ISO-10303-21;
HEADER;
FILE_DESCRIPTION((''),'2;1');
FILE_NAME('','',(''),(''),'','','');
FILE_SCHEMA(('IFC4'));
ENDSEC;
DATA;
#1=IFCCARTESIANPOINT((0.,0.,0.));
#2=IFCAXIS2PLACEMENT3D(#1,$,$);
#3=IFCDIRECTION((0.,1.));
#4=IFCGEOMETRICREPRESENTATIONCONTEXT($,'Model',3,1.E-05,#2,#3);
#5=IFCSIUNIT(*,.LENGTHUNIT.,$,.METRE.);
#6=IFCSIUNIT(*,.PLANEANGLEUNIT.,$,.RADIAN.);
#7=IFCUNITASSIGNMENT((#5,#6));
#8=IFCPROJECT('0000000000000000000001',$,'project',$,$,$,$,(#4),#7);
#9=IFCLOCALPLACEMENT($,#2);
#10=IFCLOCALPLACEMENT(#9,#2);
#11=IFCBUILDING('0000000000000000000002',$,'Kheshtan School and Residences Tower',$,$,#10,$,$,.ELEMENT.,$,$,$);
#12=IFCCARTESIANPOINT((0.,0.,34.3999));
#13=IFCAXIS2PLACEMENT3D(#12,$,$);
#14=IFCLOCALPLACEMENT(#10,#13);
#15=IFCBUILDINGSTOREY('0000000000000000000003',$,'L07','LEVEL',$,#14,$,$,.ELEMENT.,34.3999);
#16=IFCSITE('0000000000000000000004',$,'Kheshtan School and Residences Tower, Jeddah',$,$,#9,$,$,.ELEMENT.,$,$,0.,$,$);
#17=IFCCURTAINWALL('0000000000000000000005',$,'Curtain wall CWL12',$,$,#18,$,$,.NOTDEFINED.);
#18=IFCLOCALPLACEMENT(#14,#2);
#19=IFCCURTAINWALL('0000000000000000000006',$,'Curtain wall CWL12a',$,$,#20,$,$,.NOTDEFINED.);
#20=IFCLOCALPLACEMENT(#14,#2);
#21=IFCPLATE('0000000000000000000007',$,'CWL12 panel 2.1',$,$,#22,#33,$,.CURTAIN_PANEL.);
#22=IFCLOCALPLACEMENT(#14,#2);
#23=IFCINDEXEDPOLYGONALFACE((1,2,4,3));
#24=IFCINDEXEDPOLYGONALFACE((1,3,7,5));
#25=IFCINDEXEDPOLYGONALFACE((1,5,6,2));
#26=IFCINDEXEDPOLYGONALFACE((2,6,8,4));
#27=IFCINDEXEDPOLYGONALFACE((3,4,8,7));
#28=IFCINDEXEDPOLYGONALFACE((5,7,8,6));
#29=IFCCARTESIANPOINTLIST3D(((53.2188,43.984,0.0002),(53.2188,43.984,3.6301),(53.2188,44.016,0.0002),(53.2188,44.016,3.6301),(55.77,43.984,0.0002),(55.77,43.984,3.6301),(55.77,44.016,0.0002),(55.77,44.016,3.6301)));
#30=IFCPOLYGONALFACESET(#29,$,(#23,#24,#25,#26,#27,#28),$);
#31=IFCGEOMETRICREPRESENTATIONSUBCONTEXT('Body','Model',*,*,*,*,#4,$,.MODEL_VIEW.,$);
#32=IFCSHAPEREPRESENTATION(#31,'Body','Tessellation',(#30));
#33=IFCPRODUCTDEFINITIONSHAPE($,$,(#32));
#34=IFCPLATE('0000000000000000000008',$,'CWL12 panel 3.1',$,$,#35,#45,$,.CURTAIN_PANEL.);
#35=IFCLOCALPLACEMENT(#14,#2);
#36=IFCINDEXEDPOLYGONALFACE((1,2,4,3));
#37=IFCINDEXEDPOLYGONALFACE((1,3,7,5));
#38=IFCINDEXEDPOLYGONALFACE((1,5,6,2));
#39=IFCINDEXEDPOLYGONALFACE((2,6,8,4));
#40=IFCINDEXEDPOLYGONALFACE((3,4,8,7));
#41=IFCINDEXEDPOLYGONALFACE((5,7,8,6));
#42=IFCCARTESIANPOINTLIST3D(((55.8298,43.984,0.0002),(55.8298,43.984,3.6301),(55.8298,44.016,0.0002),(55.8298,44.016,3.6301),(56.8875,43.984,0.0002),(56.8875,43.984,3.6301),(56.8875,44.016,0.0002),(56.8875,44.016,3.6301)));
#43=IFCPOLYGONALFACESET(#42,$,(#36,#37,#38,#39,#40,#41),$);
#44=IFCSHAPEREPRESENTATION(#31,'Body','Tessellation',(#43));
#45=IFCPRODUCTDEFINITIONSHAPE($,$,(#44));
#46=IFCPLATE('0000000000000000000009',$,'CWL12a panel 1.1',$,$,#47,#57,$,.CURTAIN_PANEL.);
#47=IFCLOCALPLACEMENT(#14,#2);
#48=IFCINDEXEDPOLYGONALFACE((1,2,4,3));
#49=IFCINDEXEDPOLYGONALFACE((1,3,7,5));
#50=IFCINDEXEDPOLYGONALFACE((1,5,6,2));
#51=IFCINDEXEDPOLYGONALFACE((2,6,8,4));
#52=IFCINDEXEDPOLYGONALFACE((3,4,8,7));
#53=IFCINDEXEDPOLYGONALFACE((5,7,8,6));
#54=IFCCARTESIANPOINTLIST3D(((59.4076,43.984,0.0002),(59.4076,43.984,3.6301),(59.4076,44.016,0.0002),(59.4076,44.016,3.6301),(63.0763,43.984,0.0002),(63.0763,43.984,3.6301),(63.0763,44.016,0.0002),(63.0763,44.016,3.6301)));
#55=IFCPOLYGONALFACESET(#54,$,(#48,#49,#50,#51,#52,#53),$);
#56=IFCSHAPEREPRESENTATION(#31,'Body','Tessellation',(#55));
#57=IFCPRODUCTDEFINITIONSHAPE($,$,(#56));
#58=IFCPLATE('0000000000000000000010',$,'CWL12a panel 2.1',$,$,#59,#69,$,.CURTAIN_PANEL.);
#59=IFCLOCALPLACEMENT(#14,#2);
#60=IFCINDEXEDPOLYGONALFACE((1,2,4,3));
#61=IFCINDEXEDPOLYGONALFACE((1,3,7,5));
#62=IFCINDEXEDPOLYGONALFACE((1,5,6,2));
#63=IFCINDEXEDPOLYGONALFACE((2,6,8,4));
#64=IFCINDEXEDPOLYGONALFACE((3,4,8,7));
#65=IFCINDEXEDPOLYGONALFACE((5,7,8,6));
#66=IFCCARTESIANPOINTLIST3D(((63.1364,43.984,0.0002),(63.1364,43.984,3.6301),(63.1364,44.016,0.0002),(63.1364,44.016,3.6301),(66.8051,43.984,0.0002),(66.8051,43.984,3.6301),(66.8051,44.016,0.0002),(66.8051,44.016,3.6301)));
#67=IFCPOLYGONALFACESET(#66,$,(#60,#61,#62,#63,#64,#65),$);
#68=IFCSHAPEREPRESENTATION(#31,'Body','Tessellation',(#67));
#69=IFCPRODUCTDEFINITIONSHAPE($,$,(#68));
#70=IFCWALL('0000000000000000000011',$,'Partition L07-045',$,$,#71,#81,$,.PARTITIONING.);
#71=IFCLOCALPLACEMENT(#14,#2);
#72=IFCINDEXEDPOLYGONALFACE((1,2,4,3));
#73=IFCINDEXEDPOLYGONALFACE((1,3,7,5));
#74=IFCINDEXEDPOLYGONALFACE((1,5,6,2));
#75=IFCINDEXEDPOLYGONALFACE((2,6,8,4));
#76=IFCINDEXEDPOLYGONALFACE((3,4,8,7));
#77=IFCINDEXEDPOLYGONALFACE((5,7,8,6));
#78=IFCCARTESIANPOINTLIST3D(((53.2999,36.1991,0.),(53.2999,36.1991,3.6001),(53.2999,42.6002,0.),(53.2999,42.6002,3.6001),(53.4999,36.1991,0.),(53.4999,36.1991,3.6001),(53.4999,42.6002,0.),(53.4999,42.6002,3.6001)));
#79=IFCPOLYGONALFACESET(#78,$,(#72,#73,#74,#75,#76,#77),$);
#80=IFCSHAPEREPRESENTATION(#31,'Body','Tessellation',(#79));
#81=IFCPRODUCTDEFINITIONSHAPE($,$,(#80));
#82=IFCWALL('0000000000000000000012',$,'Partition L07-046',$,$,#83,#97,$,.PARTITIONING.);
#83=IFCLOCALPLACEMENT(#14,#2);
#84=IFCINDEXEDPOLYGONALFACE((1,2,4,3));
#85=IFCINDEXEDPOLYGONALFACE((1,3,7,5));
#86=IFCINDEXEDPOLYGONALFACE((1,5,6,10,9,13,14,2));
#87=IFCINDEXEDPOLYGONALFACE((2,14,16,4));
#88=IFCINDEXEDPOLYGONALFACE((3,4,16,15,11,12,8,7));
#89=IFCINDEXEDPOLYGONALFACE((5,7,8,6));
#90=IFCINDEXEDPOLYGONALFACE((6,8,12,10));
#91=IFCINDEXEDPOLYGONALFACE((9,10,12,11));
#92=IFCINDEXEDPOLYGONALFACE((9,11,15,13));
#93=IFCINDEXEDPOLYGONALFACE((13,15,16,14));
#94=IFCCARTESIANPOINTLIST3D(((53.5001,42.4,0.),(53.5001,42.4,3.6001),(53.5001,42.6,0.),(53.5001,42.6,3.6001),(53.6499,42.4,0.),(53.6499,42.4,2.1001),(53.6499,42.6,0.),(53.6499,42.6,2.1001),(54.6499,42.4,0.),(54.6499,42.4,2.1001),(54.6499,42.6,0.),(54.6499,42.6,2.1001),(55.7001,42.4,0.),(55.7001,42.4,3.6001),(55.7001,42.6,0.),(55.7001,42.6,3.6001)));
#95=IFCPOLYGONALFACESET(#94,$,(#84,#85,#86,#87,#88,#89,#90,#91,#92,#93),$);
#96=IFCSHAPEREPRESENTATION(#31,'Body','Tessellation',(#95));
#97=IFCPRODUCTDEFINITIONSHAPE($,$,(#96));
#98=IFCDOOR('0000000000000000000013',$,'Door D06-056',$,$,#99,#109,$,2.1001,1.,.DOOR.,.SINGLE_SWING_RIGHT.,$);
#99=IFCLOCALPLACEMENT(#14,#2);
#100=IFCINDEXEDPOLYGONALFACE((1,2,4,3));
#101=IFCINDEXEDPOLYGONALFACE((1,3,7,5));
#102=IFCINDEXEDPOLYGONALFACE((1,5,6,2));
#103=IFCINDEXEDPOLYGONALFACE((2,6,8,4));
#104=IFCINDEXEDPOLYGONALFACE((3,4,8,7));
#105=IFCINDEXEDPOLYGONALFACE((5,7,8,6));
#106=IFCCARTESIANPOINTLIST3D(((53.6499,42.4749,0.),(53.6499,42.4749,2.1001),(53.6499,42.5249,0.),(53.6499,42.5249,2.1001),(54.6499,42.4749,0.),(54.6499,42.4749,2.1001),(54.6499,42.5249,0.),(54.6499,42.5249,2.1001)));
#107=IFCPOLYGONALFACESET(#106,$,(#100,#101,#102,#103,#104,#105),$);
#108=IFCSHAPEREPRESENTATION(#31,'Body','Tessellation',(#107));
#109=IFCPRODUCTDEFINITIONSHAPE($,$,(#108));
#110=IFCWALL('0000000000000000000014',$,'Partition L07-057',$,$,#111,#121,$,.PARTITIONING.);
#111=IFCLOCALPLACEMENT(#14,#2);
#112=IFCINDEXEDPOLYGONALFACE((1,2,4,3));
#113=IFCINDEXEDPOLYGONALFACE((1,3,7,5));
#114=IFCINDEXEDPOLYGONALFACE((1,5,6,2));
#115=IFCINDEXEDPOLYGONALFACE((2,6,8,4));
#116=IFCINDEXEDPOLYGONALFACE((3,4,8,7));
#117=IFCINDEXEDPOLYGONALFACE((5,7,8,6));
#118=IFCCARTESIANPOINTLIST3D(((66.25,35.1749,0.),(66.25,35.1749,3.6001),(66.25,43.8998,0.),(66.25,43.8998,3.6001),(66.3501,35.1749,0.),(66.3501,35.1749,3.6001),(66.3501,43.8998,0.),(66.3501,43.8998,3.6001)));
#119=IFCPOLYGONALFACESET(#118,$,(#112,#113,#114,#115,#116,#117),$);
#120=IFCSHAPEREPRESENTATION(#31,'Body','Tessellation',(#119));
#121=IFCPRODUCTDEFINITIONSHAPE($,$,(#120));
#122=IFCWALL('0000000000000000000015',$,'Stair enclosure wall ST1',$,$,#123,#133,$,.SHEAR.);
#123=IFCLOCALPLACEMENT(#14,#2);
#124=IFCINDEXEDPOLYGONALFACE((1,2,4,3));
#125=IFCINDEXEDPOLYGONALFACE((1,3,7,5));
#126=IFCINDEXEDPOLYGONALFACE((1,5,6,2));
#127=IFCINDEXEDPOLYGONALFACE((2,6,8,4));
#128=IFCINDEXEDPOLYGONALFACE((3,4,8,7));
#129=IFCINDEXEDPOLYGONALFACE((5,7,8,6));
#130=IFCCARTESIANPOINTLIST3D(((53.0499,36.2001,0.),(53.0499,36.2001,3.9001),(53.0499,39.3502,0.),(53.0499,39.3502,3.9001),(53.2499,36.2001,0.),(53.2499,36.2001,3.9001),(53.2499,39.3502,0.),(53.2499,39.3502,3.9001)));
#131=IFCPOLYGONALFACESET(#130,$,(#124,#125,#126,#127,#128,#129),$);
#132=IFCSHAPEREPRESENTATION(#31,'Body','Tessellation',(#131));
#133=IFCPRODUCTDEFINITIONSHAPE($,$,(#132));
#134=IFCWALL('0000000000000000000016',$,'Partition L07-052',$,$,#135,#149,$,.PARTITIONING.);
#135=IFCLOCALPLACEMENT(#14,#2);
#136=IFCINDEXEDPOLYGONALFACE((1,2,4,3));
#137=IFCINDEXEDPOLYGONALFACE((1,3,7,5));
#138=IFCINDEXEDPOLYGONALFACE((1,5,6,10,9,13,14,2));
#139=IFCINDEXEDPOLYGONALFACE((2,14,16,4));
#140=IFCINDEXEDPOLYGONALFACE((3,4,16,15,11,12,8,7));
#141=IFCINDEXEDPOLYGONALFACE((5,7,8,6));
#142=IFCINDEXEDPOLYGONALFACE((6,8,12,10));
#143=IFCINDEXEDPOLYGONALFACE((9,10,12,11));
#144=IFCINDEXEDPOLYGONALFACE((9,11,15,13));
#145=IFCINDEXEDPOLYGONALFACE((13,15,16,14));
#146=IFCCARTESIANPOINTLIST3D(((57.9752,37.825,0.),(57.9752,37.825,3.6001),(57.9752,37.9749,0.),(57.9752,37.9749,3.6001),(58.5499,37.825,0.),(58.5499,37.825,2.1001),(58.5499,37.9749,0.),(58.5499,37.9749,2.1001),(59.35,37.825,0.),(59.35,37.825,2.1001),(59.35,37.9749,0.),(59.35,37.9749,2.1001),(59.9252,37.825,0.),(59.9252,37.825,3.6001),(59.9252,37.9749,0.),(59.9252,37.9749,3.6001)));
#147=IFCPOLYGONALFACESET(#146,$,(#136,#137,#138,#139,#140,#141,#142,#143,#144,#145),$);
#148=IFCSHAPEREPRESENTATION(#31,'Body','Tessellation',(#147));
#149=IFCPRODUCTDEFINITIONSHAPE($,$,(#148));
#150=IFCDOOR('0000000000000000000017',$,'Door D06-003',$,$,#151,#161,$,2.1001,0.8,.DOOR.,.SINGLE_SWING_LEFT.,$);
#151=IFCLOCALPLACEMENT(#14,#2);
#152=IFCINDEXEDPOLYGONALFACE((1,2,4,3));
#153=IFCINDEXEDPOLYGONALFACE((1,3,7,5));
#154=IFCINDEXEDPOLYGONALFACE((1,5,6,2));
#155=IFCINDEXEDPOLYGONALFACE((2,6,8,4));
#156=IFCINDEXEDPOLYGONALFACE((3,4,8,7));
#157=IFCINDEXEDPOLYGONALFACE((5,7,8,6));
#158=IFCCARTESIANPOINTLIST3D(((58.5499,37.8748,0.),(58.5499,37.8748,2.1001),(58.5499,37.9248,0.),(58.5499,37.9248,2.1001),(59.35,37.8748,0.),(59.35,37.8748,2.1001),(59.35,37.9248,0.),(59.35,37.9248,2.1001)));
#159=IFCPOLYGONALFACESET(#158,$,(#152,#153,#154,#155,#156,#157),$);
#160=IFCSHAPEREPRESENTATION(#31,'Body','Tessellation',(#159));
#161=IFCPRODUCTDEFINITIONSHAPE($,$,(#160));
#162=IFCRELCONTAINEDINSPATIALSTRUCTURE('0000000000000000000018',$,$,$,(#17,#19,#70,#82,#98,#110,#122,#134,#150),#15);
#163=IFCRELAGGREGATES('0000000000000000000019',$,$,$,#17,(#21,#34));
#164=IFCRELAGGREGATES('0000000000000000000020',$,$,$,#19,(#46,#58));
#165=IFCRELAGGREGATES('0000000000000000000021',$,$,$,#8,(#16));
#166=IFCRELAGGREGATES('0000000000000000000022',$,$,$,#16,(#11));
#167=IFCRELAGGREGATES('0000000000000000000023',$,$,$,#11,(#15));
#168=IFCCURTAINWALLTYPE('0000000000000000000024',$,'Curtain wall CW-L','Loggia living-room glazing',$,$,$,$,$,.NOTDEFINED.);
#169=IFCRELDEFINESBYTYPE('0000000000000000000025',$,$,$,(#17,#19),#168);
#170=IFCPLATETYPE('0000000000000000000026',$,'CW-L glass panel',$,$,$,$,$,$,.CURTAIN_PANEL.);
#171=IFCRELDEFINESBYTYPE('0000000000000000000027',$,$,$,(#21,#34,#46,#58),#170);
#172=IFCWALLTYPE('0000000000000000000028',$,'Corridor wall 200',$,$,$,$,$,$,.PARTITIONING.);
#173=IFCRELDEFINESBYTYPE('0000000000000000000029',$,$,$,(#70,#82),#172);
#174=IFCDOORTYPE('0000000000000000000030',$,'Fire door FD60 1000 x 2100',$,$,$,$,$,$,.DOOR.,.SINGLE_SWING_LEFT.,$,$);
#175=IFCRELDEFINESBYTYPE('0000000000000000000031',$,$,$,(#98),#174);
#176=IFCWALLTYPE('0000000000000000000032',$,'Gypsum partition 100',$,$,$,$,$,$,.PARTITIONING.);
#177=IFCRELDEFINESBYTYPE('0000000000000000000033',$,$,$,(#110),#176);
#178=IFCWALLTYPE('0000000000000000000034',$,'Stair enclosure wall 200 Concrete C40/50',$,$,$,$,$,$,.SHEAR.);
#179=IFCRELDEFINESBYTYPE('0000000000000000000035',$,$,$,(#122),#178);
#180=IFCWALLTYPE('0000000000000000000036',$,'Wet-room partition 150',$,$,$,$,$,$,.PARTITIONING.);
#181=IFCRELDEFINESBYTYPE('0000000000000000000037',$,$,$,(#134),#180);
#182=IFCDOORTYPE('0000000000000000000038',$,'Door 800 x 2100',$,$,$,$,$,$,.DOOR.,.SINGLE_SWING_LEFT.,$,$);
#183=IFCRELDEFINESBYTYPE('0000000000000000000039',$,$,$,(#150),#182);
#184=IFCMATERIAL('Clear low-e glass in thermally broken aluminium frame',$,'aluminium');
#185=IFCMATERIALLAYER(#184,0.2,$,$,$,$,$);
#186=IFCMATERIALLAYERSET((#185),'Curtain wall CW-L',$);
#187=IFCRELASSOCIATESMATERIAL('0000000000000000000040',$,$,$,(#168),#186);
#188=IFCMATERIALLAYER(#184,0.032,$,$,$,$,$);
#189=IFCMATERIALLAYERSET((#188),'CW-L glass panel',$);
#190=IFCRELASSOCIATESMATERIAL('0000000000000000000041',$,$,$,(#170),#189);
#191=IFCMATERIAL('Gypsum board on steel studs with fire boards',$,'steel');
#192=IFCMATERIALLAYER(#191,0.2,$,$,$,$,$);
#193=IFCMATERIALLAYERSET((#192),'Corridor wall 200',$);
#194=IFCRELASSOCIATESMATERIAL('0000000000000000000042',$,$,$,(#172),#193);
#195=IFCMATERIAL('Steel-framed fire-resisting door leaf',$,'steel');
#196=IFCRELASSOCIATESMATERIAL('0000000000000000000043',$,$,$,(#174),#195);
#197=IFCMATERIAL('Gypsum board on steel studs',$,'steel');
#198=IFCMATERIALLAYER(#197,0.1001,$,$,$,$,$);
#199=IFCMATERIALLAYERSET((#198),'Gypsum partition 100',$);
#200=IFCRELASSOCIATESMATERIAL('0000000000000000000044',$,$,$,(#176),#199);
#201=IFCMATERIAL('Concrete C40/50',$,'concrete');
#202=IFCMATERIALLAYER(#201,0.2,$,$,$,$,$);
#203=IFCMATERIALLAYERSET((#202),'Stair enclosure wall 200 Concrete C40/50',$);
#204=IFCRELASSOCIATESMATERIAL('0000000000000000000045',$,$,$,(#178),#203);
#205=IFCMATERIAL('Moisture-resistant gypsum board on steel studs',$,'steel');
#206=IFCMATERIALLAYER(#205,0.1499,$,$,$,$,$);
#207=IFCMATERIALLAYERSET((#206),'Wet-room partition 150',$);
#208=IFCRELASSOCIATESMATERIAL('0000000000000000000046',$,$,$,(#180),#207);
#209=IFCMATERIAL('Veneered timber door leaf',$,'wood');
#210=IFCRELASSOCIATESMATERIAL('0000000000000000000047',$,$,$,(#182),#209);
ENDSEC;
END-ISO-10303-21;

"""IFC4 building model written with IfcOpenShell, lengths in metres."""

from ifc_helpers import new_model, si_unit, direction, frame, frame_2d, origin, origin_2d, place, context, subcontext, project, spatial, rectangle, extrude, source, transform, mapped, material, layer, layer_set, type_object, element, fill, aggregate, save


model = new_model("IFC4")

# Units and contexts
model_context = context("Model", 3, precision=1e-05, world=origin(), true_north=direction((0.0, 1.0)))
body_context = subcontext(model_context, "Body", "Model", "MODEL_VIEW")
ifc_project = project(units=[si_unit("LENGTHUNIT", "METRE"), si_unit("PLANEANGLEUNIT", "RADIAN")], contexts=[model_context])

# Site, building, storey
site_placement = place(None, origin())
site = spatial("IfcSite", under=ifc_project, at=site_placement, Name="Kheshtan School and Residences Tower, Jeddah", CompositionType="ELEMENT", RefElevation=0.0)
building_placement = place(site_placement, origin())
building = spatial("IfcBuilding", under=site, at=building_placement, Name="Kheshtan School and Residences Tower", CompositionType="ELEMENT")
storey_placement = place(building_placement, frame((0.0, 0.0, 34.3999)))
storey = spatial("IfcBuildingStorey", under=building, at=storey_placement, Name="L07", Description="LEVEL", CompositionType="ELEMENT", Elevation=34.3999)

# Curtain walls
ifc_material_1 = material(Name="Clear low-e glass in thermally broken aluminium frame", Category="aluminium")
ifc_layer_1 = layer(ifc_material_1, 0.2)
ifc_layer_set_1 = layer_set([ifc_layer_1], Name="Curtain wall CW-L")
curtain_wall_type = type_object("IfcCurtainWallType", Name="Curtain wall CW-L", Description="Loggia living-room glazing", PredefinedType="NOTDEFINED", material=ifc_layer_set_1)
curtain_wall_1_placement = place(storey_placement, origin())
curtain_wall_1 = element("IfcCurtainWall", 1, at=curtain_wall_1_placement, inside=storey, type_object=curtain_wall_type, Name="Curtain wall CWL12", PredefinedType="NOTDEFINED")
curtain_wall_2_placement = place(storey_placement, origin())
curtain_wall_2 = element("IfcCurtainWall", 2, at=curtain_wall_2_placement, inside=storey, type_object=curtain_wall_type, Name="Curtain wall CWL12a", PredefinedType="NOTDEFINED")

# Plates
ifc_layer_2 = layer(ifc_material_1, 0.032)
ifc_layer_set_2 = layer_set([ifc_layer_2], Name="CW-L glass panel")
plate_type = type_object("IfcPlateType", Name="CW-L glass panel", PredefinedType="CURTAIN_PANEL", material=ifc_layer_set_2)
plate_1_placement = place(storey_placement, frame((54.4944, 44.0, 0.0002), z_axis=(0.0, 0.0, 1.0), x_axis=(1.0, 0.0, 0.0)))
plate_1 = element("IfcPlate", 3, at=plate_1_placement, type_object=plate_type, Name="CWL12 panel 2.1", PredefinedType="CURTAIN_PANEL", context=body_context, shape_type="SweptSolid", body=[
    extrude(rectangle(XDim=2.5513, YDim=0.032, at=origin_2d()), origin(), (0.0, 0.0, 1.0), 3.6299),
])
plate_2_placement = place(storey_placement, frame((56.3586, 44.0, 0.0002), z_axis=(0.0, 0.0, 1.0), x_axis=(1.0, 0.0, 0.0)))
plate_2 = element("IfcPlate", 4, at=plate_2_placement, type_object=plate_type, Name="CWL12 panel 3.1", PredefinedType="CURTAIN_PANEL", context=body_context, shape_type="SweptSolid", body=[
    extrude(rectangle(XDim=1.0576, YDim=0.032, at=origin_2d()), origin(), (0.0, 0.0, 1.0), 3.6299),
])
aggregate(curtain_wall_1, [plate_1, plate_2])
plate_3_placement = place(storey_placement, frame((61.2419, 44.0, 0.0002), z_axis=(0.0, 0.0, 1.0), x_axis=(1.0, 0.0, 0.0)))
plate_3 = element("IfcPlate", 5, at=plate_3_placement, type_object=plate_type, Name="CWL12a panel 1.1", PredefinedType="CURTAIN_PANEL", context=body_context, shape_type="SweptSolid", body=[
    extrude(rectangle(XDim=3.6687, YDim=0.032, at=origin_2d()), origin(), (0.0, 0.0, 1.0), 3.6299),
])
plate_4_placement = place(storey_placement, frame((64.9707, 44.0, 0.0002), z_axis=(0.0, 0.0, 1.0), x_axis=(1.0, 0.0, 0.0)))
plate_4 = element("IfcPlate", 6, at=plate_4_placement, type_object=plate_type, Name="CWL12a panel 2.1", PredefinedType="CURTAIN_PANEL", context=body_context, shape_type="SweptSolid", body=[
    extrude(rectangle(XDim=3.6687, YDim=0.032, at=origin_2d()), origin(), (0.0, 0.0, 1.0), 3.6299),
])
aggregate(curtain_wall_2, [plate_3, plate_4])

# Wall
ifc_material_2 = material(Name="Gypsum board on steel studs with fire boards", Category="steel")
ifc_layer_3 = layer(ifc_material_2, 0.2)
ifc_layer_set_3 = layer_set([ifc_layer_3], Name="Corridor wall 200")
wall_type_1 = type_object("IfcWallType", Name="Corridor wall 200", PredefinedType="PARTITIONING", material=ifc_layer_set_3)
wall_1_placement = place(storey_placement, frame((53.3999, 36.199, 0.0), z_axis=(0.0, 0.0, 1.0), x_axis=(0.0, 1.0, 0.0)))
element("IfcWall", 7, at=wall_1_placement, inside=storey, type_object=wall_type_1, Name="Partition L07-045", PredefinedType="PARTITIONING", context=body_context, shape_type="SweptSolid", body=[
    extrude(rectangle(XDim=6.4011, YDim=0.2, at=frame_2d((3.2007, 0.0))), origin(), (0.0, 0.0, 1.0), 3.6001),
])

# Wall, opening, door
wall_2_placement = place(storey_placement, frame((53.5, 42.5, 0.0), z_axis=(0.0, 0.0, 1.0), x_axis=(1.0, 0.0, 0.0)))
wall_2 = element("IfcWall", 8, at=wall_2_placement, inside=storey, type_object=wall_type_1, Name="Partition L07-046", PredefinedType="PARTITIONING", context=body_context, shape_type="SweptSolid", body=[
    extrude(rectangle(XDim=2.2, YDim=0.2, at=frame_2d((1.1001, 0.0))), origin(), (0.0, 0.0, 1.0), 3.6001),
])
opening_1_placement = place(wall_2_placement, frame((0.1499, 0.0, 0.0)))
opening_1 = element("IfcOpeningElement", 9, at=opening_1_placement, cuts=wall_2, PredefinedType="OPENING", context=body_context, shape_type="SweptSolid", body=[
    extrude(rectangle(XDim=1.0, YDim=2.1001, at=frame_2d((0.5, 1.05))), frame((0.0, 0.1099, 0.0), z_axis=(0.0, -1.0, 0.0), x_axis=(1.0, 0.0, 0.0)), (0.0, 0.0, 1.0), 0.22),
])
ifc_material_3 = material(Name="Steel-framed fire-resisting door leaf", Category="steel")
door_type_1 = type_object("IfcDoorType", Name="Fire door FD60 1000 x 2100", OperationType="SINGLE_SWING_LEFT", PredefinedType="DOOR", material=ifc_material_3)
shared_shape_1 = source(origin(), body_context, "Body", "SweptSolid", [
    extrude(rectangle(XDim=1.0, YDim=2.1001, at=frame_2d((0.5, 1.05))), frame((0.0, 0.0249, 0.0), z_axis=(0.0, -1.0, 0.0), x_axis=(1.0, 0.0, 0.0)), (0.0, 0.0, 1.0), 0.05),
])
door_1_placement = place(opening_1_placement, origin())
door_1 = element("IfcDoor", 10, at=door_1_placement, inside=storey, type_object=door_type_1, Name="Door D06-056", OperationType="SINGLE_SWING_RIGHT", OverallHeight=2.1001, OverallWidth=1.0, PredefinedType="DOOR", context=body_context, shape_type="MappedRepresentation", body=[
    mapped(shared_shape_1, transform((0.0, 0.0, 0.0), x_axis=(1.0, 0.0, 0.0), y_axis=(0.0, 1.0, 0.0), z_axis=(0.0, 0.0, 1.0), scale=1.0)),
])
fill(opening_1, door_1)

# Walls
ifc_material_4 = material(Name="Gypsum board on steel studs", Category="steel")
ifc_layer_4 = layer(ifc_material_4, 0.1001)
ifc_layer_set_4 = layer_set([ifc_layer_4], Name="Gypsum partition 100")
wall_type_2 = type_object("IfcWallType", Name="Gypsum partition 100", PredefinedType="PARTITIONING", material=ifc_layer_set_4)
wall_3_placement = place(storey_placement, frame((66.3, 35.175, 0.0), z_axis=(0.0, 0.0, 1.0), x_axis=(0.0, 1.0, 0.0)))
element("IfcWall", 11, at=wall_3_placement, inside=storey, type_object=wall_type_2, Name="Partition L07-057", PredefinedType="PARTITIONING", context=body_context, shape_type="SweptSolid", body=[
    extrude(rectangle(XDim=8.7249, YDim=0.1001, at=frame_2d((4.3623, 0.0))), origin(), (0.0, 0.0, 1.0), 3.6001),
])
ifc_material_5 = material(Name="Concrete C40/50", Category="concrete")
ifc_layer_5 = layer(ifc_material_5, 0.2)
ifc_layer_set_5 = layer_set([ifc_layer_5], Name="Stair enclosure wall 200 Concrete C40/50")
wall_type_3 = type_object("IfcWallType", Name="Stair enclosure wall 200 Concrete C40/50", PredefinedType="SHEAR", material=ifc_layer_set_5)
wall_4_placement = place(storey_placement, frame((53.1499, 36.2, 0.0), z_axis=(0.0, 0.0, 1.0), x_axis=(0.0, 1.0, 0.0)))
element("IfcWall", 12, at=wall_4_placement, inside=storey, type_object=wall_type_3, Name="Stair enclosure wall ST1", PredefinedType="SHEAR", context=body_context, shape_type="SweptSolid", body=[
    extrude(rectangle(XDim=3.1501, YDim=0.2, at=frame_2d((1.5752, 0.0))), origin(), (0.0, 0.0, 1.0), 3.9001),
])

# Wall, opening, door
ifc_material_6 = material(Name="Moisture-resistant gypsum board on steel studs", Category="steel")
ifc_layer_6 = layer(ifc_material_6, 0.1499)
ifc_layer_set_6 = layer_set([ifc_layer_6], Name="Wet-room partition 150")
wall_type_4 = type_object("IfcWallType", Name="Wet-room partition 150", PredefinedType="PARTITIONING", material=ifc_layer_set_6)
wall_5_placement = place(storey_placement, frame((57.9751, 37.8999, 0.0), z_axis=(0.0, 0.0, 1.0), x_axis=(1.0, 0.0, 0.0)))
wall_5 = element("IfcWall", 13, at=wall_5_placement, inside=storey, type_object=wall_type_4, Name="Partition L07-052", PredefinedType="PARTITIONING", context=body_context, shape_type="SweptSolid", body=[
    extrude(rectangle(XDim=1.95, YDim=0.1499, at=frame_2d((0.9751, 0.0))), origin(), (0.0, 0.0, 1.0), 3.6001),
])
opening_2_placement = place(wall_5_placement, frame((0.575, 0.0, 0.0)))
opening_2 = element("IfcOpeningElement", 14, at=opening_2_placement, cuts=wall_5, PredefinedType="OPENING", context=body_context, shape_type="SweptSolid", body=[
    extrude(rectangle(XDim=0.8, YDim=2.1001, at=frame_2d((0.3999, 1.05))), frame((0.0, 0.085, 0.0), z_axis=(0.0, -1.0, 0.0), x_axis=(1.0, 0.0, 0.0)), (0.0, 0.0, 1.0), 0.1699),
])
ifc_material_7 = material(Name="Veneered timber door leaf", Category="wood")
door_type_2 = type_object("IfcDoorType", Name="Door 800 x 2100", OperationType="SINGLE_SWING_LEFT", PredefinedType="DOOR", material=ifc_material_7)
shared_shape_2 = source(origin(), body_context, "Body", "SweptSolid", [
    extrude(rectangle(XDim=0.8, YDim=2.1001, at=frame_2d((0.3999, 1.05))), frame((0.0, 0.0249, 0.0), z_axis=(0.0, -1.0, 0.0), x_axis=(1.0, 0.0, 0.0)), (0.0, 0.0, 1.0), 0.05),
])
door_2_placement = place(opening_2_placement, origin())
door_2 = element("IfcDoor", 15, at=door_2_placement, inside=storey, type_object=door_type_2, Name="Door D06-003", OperationType="SINGLE_SWING_LEFT", OverallHeight=2.1001, OverallWidth=0.8, PredefinedType="DOOR", context=body_context, shape_type="MappedRepresentation", body=[
    mapped(shared_shape_2, transform((0.0, 0.0, 0.0), x_axis=(1.0, 0.0, 0.0), y_axis=(0.0, 1.0, 0.0), z_axis=(0.0, 0.0, 1.0), scale=1.0)),
])
fill(opening_2, door_2)

save(model, "model.ifc")
